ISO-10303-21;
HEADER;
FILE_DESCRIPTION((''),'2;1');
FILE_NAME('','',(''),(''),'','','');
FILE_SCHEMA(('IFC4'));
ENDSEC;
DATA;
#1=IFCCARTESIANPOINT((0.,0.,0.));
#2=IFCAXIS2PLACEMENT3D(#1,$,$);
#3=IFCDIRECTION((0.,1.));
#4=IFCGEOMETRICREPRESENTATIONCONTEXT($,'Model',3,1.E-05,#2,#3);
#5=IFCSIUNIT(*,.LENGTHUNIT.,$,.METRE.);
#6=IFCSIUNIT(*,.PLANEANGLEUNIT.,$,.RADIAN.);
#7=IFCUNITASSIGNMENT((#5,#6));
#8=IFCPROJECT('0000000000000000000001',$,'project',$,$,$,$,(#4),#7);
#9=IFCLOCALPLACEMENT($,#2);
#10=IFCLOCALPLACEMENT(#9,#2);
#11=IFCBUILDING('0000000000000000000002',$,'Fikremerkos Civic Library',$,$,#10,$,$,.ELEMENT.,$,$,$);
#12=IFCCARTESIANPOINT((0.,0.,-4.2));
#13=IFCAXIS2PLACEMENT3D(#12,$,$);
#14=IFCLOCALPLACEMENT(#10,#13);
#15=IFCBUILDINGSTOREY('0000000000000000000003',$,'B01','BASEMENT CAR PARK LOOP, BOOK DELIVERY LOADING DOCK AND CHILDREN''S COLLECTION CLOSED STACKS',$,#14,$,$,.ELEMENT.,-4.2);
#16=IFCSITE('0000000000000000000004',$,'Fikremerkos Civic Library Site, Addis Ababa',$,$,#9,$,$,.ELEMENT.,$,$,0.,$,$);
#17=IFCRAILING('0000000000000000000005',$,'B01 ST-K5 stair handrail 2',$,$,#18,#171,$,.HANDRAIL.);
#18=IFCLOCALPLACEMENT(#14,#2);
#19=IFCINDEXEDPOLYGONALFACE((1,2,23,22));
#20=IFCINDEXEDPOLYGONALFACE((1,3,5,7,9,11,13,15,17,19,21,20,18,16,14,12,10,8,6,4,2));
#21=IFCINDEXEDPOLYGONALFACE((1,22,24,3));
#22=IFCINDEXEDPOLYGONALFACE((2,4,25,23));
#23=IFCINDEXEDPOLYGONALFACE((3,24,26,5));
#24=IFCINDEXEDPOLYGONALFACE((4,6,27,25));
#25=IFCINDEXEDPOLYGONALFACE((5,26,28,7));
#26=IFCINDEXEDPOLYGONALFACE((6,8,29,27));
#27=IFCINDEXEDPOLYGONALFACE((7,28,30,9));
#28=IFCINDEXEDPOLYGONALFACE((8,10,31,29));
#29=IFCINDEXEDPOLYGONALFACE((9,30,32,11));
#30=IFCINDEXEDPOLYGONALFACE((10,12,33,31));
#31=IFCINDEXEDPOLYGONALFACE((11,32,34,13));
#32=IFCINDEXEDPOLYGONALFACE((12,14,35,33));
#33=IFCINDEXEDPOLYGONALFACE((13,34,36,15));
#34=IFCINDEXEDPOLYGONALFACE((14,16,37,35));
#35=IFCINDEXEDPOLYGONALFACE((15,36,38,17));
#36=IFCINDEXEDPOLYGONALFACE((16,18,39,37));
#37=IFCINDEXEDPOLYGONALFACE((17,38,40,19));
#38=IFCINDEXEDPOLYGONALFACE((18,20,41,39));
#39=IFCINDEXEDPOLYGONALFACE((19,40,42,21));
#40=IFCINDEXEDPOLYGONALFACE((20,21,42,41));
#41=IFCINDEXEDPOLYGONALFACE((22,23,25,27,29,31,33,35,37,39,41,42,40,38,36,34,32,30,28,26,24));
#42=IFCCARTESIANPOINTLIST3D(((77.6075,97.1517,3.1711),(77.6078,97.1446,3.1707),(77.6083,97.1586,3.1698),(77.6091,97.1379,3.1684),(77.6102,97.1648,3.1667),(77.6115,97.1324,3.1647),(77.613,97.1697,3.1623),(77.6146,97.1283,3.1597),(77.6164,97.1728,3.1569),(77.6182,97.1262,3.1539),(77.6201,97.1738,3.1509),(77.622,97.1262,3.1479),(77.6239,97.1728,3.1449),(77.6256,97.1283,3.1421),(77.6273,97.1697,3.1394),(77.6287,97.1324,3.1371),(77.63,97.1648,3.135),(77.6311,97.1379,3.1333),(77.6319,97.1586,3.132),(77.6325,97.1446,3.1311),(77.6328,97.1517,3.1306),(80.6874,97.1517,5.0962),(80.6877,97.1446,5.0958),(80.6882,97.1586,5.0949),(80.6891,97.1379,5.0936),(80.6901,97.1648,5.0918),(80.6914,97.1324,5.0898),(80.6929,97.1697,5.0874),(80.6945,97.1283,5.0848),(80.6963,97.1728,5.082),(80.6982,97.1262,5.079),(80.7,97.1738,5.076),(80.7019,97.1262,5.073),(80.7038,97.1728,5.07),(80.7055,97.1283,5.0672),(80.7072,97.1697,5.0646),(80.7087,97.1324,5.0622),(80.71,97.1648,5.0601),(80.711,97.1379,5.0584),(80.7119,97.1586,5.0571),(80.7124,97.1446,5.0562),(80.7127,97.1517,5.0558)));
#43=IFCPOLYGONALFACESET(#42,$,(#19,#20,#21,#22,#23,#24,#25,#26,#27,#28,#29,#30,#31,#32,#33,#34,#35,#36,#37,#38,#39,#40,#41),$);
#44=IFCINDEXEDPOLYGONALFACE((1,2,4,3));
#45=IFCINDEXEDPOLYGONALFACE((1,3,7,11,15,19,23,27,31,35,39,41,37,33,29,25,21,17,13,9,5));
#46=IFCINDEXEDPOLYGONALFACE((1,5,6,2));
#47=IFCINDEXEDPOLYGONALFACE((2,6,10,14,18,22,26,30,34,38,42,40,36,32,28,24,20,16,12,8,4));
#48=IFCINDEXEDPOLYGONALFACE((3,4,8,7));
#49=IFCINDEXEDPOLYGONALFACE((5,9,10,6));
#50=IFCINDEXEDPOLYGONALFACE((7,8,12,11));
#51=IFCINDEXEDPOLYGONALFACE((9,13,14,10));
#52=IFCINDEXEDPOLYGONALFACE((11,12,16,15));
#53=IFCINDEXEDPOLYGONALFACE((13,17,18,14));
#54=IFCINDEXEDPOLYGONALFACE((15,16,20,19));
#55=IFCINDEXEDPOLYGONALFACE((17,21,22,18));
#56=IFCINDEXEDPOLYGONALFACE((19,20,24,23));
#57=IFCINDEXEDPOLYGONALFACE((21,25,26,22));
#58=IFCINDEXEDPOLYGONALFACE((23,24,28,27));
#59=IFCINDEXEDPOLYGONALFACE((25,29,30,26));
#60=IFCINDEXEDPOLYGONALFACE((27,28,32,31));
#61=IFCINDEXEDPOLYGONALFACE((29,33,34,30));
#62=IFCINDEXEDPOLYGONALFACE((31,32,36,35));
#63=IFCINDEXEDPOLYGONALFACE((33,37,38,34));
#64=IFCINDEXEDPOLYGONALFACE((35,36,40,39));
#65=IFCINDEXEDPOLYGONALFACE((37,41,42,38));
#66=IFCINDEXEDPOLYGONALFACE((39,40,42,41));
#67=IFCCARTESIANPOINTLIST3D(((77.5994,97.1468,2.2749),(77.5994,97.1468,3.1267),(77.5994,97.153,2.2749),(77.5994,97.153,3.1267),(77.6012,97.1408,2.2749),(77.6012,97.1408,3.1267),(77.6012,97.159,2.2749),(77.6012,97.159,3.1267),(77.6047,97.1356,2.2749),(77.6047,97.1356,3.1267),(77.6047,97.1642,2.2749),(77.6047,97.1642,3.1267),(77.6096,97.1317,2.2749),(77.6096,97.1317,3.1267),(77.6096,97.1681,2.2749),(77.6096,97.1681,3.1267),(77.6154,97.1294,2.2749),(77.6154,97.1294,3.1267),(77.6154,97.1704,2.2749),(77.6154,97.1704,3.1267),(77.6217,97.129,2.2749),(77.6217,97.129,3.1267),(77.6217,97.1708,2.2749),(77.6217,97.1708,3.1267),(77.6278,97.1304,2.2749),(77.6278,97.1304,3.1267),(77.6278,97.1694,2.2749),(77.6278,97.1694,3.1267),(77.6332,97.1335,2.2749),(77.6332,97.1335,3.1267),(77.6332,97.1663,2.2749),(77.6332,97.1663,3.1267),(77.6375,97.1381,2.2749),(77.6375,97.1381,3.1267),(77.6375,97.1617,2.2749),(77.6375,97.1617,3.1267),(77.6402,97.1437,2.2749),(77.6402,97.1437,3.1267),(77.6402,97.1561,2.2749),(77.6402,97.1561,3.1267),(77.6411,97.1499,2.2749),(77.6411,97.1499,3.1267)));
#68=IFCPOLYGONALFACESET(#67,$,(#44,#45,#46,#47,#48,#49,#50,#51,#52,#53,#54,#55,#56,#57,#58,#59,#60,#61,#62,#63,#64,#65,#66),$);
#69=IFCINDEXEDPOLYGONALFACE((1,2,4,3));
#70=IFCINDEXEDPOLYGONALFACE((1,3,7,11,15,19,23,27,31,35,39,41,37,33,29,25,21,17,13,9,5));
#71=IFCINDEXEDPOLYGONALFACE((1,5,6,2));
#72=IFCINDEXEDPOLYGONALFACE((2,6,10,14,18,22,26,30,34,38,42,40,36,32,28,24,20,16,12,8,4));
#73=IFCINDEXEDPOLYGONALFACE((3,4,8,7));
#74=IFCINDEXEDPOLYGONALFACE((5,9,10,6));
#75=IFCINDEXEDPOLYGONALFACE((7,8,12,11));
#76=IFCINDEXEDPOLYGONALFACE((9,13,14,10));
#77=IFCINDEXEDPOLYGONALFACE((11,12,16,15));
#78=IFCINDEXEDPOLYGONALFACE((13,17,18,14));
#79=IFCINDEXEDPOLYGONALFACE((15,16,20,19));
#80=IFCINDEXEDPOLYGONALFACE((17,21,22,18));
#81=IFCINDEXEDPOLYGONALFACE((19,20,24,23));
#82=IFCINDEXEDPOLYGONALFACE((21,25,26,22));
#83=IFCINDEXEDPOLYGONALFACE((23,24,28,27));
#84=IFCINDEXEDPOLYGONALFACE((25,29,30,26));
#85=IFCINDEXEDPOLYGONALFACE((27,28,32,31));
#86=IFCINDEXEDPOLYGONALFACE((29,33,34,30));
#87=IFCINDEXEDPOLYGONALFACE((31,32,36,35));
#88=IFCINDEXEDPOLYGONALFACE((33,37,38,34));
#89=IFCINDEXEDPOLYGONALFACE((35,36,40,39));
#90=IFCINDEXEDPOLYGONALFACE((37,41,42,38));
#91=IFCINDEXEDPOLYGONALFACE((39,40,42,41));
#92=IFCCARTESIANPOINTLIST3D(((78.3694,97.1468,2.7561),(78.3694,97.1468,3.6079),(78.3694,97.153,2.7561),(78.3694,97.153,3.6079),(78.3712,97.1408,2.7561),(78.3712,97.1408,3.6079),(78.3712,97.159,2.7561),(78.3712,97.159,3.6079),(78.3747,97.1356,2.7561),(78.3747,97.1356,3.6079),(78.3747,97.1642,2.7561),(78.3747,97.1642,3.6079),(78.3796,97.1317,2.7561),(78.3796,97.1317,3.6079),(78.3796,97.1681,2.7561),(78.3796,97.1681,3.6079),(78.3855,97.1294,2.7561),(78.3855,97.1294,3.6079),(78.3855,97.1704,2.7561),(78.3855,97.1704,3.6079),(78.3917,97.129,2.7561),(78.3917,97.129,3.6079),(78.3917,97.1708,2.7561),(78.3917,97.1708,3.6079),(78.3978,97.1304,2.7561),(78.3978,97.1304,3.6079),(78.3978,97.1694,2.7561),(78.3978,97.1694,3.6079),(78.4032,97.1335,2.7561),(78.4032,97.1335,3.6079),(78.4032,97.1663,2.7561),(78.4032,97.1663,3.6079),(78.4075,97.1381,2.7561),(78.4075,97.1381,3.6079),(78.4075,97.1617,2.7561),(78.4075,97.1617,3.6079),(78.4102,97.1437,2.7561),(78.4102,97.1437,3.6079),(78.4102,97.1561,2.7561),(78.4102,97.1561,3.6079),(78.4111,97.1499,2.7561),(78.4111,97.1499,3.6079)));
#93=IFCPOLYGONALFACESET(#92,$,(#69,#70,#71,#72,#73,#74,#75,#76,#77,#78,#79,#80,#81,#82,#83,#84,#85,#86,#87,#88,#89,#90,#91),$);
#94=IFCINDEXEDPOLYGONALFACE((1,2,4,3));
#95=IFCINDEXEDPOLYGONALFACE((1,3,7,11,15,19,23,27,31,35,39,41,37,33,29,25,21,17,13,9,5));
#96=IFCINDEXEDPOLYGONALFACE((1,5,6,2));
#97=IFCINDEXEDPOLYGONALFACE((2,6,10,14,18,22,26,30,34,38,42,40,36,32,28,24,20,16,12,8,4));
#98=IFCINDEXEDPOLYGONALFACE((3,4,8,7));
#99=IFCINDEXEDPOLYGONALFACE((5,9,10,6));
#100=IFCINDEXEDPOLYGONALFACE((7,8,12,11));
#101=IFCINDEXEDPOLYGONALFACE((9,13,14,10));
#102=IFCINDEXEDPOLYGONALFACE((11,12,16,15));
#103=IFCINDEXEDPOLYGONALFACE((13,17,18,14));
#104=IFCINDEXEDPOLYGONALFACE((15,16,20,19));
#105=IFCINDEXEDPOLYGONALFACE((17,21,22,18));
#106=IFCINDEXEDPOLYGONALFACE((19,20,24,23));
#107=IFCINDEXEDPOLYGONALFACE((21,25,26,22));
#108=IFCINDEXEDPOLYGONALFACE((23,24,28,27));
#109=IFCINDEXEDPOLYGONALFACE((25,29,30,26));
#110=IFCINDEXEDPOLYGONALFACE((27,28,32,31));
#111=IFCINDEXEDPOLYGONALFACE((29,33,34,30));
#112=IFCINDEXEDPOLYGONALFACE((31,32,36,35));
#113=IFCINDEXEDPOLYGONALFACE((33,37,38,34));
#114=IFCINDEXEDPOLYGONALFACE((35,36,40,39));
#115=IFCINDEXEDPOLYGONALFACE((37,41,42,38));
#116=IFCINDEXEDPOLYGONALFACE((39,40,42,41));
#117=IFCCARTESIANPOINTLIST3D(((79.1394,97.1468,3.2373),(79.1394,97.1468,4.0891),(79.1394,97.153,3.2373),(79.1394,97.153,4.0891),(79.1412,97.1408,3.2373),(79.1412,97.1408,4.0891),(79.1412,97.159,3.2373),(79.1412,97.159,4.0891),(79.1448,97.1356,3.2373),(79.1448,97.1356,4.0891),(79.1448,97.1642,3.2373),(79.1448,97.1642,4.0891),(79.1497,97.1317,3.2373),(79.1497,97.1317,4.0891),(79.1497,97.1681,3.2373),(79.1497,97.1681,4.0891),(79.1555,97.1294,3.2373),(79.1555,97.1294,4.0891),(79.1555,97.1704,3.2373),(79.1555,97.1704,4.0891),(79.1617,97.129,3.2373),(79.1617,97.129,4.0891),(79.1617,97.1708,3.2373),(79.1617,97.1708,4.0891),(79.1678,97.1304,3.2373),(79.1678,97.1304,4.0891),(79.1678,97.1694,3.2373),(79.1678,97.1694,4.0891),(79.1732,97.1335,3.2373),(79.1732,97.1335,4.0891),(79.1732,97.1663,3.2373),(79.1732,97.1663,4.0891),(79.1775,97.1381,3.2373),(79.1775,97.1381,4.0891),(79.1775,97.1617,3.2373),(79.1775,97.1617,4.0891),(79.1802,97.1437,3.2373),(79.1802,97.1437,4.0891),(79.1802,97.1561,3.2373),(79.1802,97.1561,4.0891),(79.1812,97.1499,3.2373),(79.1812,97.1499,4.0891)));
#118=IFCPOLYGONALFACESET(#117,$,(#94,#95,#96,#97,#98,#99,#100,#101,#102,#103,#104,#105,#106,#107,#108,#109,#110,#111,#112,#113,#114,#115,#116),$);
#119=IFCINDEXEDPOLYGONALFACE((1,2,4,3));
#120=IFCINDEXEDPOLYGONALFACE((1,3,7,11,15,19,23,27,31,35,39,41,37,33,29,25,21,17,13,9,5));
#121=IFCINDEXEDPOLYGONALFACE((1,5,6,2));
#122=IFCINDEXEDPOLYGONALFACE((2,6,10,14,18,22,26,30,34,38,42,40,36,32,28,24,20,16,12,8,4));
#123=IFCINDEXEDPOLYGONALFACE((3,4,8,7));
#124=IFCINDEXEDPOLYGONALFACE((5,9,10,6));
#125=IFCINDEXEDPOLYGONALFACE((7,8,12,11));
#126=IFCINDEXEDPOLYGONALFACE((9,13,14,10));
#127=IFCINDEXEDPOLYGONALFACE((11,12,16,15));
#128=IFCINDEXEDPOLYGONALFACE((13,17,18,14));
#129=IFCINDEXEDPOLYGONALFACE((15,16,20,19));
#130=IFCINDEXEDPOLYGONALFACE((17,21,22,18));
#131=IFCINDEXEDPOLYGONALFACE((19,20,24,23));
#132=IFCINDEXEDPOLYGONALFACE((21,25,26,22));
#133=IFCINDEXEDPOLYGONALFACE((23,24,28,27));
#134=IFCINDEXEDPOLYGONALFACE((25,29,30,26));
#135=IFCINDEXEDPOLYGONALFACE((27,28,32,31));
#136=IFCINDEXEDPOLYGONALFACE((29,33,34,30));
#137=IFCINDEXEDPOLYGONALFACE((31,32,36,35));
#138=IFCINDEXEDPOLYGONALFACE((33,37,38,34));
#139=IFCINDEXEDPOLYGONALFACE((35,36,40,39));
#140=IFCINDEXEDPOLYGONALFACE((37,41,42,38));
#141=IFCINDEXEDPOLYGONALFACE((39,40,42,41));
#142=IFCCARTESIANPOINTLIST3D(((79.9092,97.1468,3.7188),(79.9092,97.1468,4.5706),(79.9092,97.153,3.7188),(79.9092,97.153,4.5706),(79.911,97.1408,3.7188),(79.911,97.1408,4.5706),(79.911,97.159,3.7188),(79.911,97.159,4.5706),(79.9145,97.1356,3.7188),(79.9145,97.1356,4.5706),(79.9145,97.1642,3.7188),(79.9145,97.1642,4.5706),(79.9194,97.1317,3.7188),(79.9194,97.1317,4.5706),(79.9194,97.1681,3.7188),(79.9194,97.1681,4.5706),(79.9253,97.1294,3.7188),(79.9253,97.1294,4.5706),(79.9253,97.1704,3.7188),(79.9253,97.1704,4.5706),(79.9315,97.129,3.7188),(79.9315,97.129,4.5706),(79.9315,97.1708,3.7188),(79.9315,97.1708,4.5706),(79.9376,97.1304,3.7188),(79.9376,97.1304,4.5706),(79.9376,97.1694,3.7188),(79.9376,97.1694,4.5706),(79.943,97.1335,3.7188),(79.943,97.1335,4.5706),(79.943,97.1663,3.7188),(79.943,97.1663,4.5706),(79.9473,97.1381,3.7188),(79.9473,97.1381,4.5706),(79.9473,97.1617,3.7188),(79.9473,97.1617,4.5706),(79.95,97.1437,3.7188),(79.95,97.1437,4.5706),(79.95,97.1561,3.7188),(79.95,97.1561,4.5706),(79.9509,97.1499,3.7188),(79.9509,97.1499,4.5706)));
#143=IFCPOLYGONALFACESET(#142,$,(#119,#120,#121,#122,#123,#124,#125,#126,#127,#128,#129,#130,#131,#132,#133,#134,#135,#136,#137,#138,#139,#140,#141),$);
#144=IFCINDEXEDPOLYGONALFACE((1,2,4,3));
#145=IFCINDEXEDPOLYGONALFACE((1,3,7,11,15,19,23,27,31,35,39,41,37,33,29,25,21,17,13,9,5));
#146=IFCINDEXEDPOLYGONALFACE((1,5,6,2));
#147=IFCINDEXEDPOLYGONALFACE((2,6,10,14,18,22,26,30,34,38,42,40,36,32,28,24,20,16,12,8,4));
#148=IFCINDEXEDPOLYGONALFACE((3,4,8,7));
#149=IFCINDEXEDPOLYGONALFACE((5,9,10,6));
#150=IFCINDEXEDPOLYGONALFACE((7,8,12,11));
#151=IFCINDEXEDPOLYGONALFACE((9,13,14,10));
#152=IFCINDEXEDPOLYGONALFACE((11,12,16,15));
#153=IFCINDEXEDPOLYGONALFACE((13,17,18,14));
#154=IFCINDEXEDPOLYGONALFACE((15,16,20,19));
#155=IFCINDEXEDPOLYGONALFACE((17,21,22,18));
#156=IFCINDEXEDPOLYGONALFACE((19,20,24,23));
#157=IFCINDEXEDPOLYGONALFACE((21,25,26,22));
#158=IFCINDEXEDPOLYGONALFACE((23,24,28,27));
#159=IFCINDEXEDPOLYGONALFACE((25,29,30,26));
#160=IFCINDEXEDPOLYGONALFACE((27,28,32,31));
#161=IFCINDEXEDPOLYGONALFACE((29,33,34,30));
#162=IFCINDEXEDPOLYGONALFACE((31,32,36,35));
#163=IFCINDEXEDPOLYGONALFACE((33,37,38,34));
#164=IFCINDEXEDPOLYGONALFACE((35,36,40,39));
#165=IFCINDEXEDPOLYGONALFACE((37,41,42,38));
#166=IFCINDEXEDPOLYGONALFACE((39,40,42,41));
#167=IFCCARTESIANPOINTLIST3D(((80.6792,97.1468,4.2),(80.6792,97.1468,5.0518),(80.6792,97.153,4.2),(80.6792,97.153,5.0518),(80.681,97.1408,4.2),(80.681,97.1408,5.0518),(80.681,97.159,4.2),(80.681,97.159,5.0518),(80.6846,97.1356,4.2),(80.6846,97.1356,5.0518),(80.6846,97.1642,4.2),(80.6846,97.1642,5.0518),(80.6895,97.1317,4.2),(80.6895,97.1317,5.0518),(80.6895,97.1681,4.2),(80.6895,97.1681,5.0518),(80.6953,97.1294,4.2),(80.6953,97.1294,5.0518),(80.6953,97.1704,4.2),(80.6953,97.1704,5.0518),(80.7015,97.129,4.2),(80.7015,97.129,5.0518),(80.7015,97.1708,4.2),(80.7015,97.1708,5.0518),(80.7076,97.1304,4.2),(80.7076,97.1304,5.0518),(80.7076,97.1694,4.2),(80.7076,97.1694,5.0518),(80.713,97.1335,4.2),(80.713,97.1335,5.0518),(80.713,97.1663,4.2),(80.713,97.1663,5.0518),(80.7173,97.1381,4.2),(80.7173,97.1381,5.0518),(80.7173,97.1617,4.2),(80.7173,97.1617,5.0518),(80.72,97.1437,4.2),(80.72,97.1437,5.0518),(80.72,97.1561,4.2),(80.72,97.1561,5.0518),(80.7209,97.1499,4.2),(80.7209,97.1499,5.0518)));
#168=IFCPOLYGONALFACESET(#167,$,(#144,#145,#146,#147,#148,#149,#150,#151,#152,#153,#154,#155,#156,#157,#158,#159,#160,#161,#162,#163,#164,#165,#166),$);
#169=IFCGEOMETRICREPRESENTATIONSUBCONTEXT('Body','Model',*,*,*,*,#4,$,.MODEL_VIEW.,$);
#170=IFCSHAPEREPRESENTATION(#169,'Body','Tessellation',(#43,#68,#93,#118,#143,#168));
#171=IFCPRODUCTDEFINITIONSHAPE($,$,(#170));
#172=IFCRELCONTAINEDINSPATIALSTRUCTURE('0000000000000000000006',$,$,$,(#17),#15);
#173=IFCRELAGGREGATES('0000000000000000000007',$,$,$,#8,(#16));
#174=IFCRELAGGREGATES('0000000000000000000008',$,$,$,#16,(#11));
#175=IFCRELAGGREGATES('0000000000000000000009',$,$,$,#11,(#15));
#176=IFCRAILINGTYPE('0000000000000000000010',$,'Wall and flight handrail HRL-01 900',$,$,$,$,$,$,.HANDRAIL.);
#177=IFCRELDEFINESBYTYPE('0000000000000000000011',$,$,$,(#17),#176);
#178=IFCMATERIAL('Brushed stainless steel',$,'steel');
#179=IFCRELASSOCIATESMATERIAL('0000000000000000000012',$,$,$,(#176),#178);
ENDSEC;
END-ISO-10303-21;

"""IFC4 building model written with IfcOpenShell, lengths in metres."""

from ifc_helpers import new_model, si_unit, direction, frame, origin, origin_2d, place, context, subcontext, project, spatial, circle, extrude, material, type_object, element, save


model = new_model("IFC4")

# Units and contexts
model_context = context("Model", 3, precision=1e-05, world=origin(), true_north=direction((0.0, 1.0)))
body_context = subcontext(model_context, "Body", "Model", "MODEL_VIEW")
ifc_project = project(units=[si_unit("LENGTHUNIT", "METRE"), si_unit("PLANEANGLEUNIT", "RADIAN")], contexts=[model_context])

# Site, building, storey
site_placement = place(None, origin())
site = spatial("IfcSite", under=ifc_project, at=site_placement, Name="Fikremerkos Civic Library Site, Addis Ababa", CompositionType="ELEMENT", RefElevation=0.0)
building_placement = place(site_placement, origin())
building = spatial("IfcBuilding", under=site, at=building_placement, Name="Fikremerkos Civic Library", CompositionType="ELEMENT")
storey_placement = place(building_placement, frame((0.0, 0.0, -4.2)))
storey = spatial("IfcBuildingStorey", under=building, at=storey_placement, Name="B01", Description="BASEMENT CAR PARK LOOP, BOOK DELIVERY LOADING DOCK AND CHILDREN'S COLLECTION CLOSED STACKS", CompositionType="ELEMENT", Elevation=-4.2)

# Shared definitions
ifc_material_1 = material(Name="Brushed stainless steel", Category="steel")

# Railing
railing_type_1 = type_object("IfcRailingType", Name="Wall and flight handrail HRL-01 900", PredefinedType="HANDRAIL", material=ifc_material_1)
railing_1_placement = place(storey_placement, frame((77.6201, 97.1499, 2.2749)))
element("IfcRailing", 1, at=railing_1_placement, inside=storey, type_object=railing_type_1, Name="B01 ST-K5 stair handrail 2", PredefinedType="HANDRAIL", context=body_context, shape_type="SweptSolid", body=[
    extrude(circle(Radius=0.0239, at=origin_2d()), frame((0.0, 0.0, 0.876), z_axis=(0.847979, 0.0, 0.530029), x_axis=(0.0, 1.0, 0.0)), (0.0, 0.0, 1.0), 3.6321),
    extrude(circle(Radius=0.021, at=origin_2d()), origin(), (0.0, 0.0, 1.0), 0.8518),
    extrude(circle(Radius=0.021, at=origin_2d()), frame((0.77, 0.0, 0.4812)), (0.0, 0.0, 1.0), 0.8518),
    extrude(circle(Radius=0.021, at=origin_2d()), frame((1.54, 0.0, 0.9624)), (0.0, 0.0, 1.0), 0.8518),
    extrude(circle(Radius=0.021, at=origin_2d()), frame((2.3098, 0.0, 1.4438)), (0.0, 0.0, 1.0), 0.8518),
    extrude(circle(Radius=0.021, at=origin_2d()), frame((3.0798, 0.0, 1.925)), (0.0, 0.0, 1.0), 0.8518),
])

save(model, "model.ifc")
